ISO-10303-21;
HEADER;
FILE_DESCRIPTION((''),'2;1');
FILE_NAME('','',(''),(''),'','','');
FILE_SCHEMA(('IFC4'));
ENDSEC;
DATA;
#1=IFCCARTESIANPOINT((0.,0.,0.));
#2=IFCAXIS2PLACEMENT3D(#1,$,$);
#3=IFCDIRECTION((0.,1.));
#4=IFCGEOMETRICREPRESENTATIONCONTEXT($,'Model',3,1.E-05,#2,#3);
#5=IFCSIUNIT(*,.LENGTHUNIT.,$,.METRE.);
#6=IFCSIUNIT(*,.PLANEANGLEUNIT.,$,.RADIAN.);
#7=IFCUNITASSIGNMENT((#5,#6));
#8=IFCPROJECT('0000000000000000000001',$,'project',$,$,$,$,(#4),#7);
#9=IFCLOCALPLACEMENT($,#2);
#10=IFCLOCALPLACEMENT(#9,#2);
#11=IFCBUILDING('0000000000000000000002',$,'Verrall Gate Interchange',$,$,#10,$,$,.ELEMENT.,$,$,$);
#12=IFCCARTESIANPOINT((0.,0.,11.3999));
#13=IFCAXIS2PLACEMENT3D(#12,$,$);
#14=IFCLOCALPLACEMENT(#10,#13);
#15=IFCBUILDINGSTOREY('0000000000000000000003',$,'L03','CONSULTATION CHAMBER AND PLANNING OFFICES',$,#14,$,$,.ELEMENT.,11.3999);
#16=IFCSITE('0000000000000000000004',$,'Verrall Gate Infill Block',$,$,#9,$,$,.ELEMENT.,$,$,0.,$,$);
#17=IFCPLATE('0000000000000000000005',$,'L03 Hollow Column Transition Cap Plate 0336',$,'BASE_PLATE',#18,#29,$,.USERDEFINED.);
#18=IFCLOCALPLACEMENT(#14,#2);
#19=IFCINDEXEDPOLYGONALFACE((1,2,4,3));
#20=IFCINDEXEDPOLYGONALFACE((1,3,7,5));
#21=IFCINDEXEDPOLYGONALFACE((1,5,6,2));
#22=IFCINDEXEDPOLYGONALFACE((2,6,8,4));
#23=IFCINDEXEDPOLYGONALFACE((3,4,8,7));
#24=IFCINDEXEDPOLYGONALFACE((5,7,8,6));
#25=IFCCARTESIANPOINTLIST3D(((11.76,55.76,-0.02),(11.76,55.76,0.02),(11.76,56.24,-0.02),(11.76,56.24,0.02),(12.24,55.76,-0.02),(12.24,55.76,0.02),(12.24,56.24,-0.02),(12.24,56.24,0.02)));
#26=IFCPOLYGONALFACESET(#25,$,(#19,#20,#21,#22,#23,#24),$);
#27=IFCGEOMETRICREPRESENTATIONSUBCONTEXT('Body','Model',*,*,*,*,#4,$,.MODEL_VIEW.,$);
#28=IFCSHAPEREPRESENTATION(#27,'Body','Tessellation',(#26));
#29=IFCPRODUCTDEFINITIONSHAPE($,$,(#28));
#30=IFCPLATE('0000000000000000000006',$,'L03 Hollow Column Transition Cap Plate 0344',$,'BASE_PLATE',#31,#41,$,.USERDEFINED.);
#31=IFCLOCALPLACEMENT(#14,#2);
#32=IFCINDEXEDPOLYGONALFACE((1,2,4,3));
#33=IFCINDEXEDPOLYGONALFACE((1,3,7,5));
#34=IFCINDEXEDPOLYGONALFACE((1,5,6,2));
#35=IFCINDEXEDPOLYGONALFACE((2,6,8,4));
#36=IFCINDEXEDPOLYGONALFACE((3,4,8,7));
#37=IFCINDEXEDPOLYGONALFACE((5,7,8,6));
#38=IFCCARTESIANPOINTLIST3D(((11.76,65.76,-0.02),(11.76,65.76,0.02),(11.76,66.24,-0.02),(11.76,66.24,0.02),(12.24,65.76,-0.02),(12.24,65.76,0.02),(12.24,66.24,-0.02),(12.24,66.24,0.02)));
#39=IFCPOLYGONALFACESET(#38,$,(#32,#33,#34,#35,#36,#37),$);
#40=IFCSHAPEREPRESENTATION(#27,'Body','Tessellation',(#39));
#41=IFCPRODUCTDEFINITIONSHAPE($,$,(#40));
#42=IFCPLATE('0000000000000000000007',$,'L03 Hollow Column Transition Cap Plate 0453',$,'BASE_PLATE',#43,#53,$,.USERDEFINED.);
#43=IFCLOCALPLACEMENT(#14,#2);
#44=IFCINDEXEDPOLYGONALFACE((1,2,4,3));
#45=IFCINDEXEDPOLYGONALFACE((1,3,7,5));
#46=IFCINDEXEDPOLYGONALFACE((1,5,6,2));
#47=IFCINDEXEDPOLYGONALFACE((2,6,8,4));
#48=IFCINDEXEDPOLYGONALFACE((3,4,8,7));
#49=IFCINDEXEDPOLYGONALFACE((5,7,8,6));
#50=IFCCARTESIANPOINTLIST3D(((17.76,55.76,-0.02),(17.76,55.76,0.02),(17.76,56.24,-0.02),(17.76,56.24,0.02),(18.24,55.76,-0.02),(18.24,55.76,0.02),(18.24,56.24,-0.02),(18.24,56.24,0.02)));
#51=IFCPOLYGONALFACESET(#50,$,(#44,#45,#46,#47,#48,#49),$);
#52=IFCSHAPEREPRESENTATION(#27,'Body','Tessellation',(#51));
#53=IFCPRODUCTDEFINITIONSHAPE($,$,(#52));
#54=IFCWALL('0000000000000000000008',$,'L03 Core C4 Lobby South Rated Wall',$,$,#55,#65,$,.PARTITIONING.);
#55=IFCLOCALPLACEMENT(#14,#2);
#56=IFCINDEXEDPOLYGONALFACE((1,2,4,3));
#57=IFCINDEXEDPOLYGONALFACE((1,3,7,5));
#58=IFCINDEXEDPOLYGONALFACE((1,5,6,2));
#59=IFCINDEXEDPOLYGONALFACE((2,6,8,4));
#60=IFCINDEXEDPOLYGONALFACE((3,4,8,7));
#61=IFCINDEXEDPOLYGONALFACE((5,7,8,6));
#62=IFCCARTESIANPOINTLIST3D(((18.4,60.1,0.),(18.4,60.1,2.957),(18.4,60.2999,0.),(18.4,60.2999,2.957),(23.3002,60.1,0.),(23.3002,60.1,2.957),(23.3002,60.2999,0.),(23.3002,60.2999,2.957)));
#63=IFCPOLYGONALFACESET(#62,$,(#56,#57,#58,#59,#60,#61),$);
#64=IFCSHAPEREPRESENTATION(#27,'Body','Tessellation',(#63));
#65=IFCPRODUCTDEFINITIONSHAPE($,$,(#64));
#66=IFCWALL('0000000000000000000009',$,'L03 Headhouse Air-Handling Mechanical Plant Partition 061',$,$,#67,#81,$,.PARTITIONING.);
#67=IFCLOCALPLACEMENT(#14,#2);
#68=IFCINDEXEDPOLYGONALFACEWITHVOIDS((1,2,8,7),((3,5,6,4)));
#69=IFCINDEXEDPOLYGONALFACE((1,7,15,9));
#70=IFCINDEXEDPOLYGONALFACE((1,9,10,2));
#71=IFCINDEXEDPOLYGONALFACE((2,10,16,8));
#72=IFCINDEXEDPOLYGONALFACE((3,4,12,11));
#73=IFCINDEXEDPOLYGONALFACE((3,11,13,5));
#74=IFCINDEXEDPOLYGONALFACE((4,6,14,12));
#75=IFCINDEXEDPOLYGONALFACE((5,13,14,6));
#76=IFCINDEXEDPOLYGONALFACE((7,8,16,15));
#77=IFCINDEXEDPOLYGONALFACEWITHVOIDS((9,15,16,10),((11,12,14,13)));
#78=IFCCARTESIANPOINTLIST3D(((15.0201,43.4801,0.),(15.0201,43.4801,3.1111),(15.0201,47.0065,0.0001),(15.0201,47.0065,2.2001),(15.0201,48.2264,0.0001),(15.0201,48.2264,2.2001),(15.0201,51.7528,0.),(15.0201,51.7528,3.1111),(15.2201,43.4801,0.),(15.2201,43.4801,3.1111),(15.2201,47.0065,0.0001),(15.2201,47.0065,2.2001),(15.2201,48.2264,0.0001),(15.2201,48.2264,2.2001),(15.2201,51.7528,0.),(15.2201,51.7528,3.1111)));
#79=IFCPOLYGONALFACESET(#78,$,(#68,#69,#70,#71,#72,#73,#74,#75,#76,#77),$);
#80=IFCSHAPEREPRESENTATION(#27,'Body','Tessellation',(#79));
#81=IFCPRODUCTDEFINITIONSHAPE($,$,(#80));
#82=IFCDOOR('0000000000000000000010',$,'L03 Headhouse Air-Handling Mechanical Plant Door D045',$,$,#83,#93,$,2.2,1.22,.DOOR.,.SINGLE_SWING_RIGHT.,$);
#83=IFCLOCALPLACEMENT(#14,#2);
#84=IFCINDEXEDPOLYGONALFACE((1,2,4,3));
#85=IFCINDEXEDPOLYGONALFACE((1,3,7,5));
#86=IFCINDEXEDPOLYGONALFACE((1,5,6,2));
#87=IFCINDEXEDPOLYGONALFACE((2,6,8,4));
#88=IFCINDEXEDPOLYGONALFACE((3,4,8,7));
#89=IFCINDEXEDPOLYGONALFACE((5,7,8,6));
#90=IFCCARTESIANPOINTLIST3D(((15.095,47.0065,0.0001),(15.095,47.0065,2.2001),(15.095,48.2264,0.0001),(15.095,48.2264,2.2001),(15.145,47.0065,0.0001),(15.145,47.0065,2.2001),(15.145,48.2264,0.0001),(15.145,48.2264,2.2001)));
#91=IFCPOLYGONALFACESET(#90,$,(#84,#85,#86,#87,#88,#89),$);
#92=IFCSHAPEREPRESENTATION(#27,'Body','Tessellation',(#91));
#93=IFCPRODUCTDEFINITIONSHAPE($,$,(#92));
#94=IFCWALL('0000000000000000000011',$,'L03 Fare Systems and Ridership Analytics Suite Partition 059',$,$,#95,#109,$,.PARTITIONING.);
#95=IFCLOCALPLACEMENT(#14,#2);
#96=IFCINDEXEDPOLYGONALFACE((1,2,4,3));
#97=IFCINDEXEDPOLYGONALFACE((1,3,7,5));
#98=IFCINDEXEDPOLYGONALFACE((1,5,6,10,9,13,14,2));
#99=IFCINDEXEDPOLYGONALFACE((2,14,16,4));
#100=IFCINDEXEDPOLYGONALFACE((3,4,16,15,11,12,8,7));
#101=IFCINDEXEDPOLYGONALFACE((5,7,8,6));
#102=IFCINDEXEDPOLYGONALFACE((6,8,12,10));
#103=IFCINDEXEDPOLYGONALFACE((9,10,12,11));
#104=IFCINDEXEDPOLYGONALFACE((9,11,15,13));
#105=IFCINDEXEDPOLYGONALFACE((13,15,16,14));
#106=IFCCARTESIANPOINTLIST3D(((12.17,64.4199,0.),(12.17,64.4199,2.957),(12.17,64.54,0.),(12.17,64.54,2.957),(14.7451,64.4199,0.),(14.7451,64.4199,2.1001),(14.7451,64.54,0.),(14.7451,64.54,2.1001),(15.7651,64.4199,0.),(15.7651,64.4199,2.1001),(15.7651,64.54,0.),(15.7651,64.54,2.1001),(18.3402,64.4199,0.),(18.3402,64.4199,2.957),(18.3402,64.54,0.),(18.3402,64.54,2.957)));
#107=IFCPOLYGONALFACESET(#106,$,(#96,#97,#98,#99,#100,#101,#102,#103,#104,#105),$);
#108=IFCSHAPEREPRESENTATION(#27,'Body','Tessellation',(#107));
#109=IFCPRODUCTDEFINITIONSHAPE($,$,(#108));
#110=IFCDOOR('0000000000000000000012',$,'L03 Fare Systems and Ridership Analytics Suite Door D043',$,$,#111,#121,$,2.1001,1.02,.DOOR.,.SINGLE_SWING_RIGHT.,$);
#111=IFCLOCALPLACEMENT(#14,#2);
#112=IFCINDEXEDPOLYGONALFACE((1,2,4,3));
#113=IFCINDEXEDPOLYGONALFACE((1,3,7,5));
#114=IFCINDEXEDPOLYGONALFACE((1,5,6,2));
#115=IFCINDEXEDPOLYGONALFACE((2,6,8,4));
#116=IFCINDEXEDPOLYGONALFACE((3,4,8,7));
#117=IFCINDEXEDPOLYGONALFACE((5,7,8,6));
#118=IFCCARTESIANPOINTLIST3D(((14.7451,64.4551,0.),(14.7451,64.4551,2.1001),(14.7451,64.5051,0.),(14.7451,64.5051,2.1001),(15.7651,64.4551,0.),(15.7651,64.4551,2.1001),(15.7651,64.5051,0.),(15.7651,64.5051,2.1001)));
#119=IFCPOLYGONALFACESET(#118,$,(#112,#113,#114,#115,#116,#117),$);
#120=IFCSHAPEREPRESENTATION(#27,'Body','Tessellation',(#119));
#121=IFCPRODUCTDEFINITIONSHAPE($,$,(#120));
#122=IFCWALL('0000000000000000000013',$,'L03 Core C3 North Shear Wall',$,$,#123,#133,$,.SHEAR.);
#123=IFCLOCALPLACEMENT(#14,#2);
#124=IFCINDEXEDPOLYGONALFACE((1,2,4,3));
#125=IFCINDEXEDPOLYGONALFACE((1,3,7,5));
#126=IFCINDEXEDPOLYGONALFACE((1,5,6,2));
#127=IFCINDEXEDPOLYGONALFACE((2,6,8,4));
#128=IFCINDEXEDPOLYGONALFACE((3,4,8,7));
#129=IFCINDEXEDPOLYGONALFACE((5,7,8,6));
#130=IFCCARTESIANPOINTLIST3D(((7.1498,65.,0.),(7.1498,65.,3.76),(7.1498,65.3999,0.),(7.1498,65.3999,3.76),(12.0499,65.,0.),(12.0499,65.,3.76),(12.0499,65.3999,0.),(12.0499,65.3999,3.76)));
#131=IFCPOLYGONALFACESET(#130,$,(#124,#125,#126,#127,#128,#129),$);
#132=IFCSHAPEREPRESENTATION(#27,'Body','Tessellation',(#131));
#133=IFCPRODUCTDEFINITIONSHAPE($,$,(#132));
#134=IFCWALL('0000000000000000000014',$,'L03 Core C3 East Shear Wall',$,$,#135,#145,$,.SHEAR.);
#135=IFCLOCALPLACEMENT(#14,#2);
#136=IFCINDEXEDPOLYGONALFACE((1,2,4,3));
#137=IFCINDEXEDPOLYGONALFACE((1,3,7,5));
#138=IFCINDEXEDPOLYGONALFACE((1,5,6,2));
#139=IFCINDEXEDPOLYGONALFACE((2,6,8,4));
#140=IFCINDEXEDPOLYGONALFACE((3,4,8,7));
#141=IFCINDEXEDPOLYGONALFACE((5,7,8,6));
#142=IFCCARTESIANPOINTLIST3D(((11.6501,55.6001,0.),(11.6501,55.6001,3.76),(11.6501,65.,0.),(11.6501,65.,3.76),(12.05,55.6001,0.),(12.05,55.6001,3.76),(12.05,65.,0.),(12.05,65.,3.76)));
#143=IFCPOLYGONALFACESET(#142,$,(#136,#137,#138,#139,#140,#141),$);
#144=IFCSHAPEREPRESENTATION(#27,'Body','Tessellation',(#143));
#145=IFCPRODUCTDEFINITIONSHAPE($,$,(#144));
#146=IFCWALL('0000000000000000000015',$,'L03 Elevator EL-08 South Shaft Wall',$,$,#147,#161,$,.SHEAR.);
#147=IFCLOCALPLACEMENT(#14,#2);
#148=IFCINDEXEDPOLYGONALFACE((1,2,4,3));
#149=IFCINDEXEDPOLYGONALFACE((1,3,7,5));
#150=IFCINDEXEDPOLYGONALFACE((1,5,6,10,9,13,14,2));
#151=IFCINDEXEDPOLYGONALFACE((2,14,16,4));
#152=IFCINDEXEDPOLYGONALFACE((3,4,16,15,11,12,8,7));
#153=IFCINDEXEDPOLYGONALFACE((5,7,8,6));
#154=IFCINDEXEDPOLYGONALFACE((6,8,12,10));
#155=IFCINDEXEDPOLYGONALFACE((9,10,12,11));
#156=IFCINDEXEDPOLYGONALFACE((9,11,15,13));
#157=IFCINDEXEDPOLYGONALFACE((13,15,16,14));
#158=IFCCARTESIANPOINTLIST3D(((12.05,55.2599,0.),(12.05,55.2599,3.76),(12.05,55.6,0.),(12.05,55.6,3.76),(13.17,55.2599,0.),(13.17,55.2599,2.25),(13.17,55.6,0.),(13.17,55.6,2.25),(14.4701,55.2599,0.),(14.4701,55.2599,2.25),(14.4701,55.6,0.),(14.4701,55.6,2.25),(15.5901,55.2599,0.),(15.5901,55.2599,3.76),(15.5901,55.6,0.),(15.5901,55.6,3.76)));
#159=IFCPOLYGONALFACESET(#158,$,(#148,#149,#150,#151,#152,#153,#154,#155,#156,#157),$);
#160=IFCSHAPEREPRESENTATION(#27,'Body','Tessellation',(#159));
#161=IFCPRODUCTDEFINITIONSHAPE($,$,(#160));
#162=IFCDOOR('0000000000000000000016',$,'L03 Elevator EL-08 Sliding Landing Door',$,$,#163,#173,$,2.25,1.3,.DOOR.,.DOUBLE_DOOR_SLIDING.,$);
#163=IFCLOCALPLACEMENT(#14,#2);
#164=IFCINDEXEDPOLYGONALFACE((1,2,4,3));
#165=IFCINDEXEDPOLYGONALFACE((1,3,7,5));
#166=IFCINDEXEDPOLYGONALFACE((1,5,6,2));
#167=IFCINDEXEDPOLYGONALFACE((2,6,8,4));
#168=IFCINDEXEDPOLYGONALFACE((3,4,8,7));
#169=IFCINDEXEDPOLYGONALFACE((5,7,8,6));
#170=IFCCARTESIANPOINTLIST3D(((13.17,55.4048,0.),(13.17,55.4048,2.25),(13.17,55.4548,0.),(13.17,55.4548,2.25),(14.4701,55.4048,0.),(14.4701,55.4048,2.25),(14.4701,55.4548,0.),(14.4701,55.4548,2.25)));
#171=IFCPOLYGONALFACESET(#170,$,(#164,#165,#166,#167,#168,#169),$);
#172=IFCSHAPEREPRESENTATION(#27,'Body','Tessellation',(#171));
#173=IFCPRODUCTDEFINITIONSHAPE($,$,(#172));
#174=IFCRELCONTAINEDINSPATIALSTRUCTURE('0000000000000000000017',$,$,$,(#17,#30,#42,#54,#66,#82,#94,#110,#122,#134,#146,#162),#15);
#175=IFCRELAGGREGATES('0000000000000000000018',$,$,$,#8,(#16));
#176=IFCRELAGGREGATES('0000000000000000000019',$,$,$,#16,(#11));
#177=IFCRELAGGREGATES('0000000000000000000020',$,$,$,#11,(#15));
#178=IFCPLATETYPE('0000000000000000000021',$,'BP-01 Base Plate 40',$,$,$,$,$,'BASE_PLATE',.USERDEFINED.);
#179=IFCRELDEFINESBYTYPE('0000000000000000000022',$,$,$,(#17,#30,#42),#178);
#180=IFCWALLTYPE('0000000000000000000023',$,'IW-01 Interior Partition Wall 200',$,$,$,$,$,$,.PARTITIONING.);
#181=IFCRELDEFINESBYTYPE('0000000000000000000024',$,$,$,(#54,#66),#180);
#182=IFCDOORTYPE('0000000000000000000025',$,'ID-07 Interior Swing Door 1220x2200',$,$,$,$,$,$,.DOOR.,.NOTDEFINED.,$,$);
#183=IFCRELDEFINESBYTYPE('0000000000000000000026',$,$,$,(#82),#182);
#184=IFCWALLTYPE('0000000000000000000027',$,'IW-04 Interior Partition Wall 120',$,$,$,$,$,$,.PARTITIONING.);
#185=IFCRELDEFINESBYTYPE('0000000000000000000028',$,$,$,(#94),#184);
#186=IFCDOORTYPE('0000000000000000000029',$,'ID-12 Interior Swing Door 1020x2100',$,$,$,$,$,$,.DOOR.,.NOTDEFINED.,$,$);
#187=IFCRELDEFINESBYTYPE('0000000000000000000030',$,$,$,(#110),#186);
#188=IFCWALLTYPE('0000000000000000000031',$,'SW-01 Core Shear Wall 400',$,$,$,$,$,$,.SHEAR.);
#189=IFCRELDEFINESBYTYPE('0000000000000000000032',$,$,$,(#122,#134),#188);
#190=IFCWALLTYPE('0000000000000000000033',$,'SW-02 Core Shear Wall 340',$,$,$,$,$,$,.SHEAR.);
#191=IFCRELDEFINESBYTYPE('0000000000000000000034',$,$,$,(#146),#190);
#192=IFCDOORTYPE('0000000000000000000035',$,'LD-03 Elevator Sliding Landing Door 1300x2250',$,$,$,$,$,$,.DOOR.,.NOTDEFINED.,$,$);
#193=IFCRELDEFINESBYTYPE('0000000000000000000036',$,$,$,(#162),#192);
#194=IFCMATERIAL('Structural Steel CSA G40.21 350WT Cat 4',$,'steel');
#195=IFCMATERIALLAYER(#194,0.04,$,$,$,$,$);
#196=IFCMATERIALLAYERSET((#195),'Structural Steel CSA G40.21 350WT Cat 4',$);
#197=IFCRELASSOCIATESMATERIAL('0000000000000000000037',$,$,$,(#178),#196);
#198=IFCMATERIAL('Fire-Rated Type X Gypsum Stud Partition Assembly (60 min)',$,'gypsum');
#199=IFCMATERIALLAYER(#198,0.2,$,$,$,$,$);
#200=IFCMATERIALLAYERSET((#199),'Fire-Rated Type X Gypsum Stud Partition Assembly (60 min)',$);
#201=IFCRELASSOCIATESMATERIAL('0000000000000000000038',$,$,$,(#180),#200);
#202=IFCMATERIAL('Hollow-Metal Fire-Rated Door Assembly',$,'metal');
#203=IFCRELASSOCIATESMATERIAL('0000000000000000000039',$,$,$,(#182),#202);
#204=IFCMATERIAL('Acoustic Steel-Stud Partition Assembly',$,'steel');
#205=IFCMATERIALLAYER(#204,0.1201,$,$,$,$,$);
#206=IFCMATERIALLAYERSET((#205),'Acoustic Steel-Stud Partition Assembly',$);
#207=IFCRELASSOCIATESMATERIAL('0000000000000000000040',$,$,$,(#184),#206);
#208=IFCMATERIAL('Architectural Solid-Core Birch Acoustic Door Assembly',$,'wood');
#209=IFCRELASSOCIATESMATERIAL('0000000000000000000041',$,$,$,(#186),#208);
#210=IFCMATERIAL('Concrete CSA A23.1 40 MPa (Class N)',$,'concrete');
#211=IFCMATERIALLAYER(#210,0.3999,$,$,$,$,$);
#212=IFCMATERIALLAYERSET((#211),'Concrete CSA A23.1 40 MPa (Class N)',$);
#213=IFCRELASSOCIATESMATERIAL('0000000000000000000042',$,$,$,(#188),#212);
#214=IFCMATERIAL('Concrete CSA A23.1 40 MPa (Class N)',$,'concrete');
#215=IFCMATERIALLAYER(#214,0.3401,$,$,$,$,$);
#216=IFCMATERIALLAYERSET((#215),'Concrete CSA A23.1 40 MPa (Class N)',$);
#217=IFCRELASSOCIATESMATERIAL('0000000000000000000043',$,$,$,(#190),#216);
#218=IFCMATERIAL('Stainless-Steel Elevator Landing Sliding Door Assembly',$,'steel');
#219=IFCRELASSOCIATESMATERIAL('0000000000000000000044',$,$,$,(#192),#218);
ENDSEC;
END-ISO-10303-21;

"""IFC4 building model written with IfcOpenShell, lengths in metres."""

from ifc_helpers import new_model, si_unit, direction, frame, frame_2d, origin, origin_2d, place, context, subcontext, project, spatial, rectangle, extrude, material, layer, layer_set, type_object, element, fill, save


model = new_model("IFC4")

# Units and contexts
model_context = context("Model", 3, precision=1e-05, world=origin(), true_north=direction((0.0, 1.0)))
body_context = subcontext(model_context, "Body", "Model", "MODEL_VIEW")
ifc_project = project(units=[si_unit("LENGTHUNIT", "METRE"), si_unit("PLANEANGLEUNIT", "RADIAN")], contexts=[model_context])

# Site, building, storey
site_placement = place(None, origin())
site = spatial("IfcSite", under=ifc_project, at=site_placement, Name="Verrall Gate Infill Block", CompositionType="ELEMENT", RefElevation=0.0)
building_placement = place(site_placement, origin())
building = spatial("IfcBuilding", under=site, at=building_placement, Name="Verrall Gate Interchange", CompositionType="ELEMENT")
storey_placement = place(building_placement, frame((0.0, 0.0, 11.3999)))
storey = spatial("IfcBuildingStorey", under=building, at=storey_placement, Name="L03", Description="CONSULTATION CHAMBER AND PLANNING OFFICES", CompositionType="ELEMENT", Elevation=11.3999)

# Plates
ifc_material_1 = material(Name="Structural Steel CSA G40.21 350WT Cat 4", Category="steel")
ifc_layer_1 = layer(ifc_material_1, 0.04)
ifc_layer_set_1 = layer_set([ifc_layer_1], Name="Structural Steel CSA G40.21 350WT Cat 4")
plate_type = type_object("IfcPlateType", Name="BP-01 Base Plate 40", ElementType="BASE_PLATE", PredefinedType="USERDEFINED", material=ifc_layer_set_1)
for number, where, z_axis, x_axis, name in (
    (1, (12.0, 56.0, -0.02), (0.0, 0.0, 1.0), (1.0, 0.0, 0.0), "L03 Hollow Column Transition Cap Plate 0336"),
    (2, (12.0, 66.0, -0.02), (0.0, 0.0, 1.0), (1.0, 0.0, 0.0), "L03 Hollow Column Transition Cap Plate 0344"),
    (3, (18.0, 56.0, -0.02), (0.0, 0.0, 1.0), (1.0, 0.0, 0.0), "L03 Hollow Column Transition Cap Plate 0453"),
):
    element("IfcPlate", number, at=place(storey_placement, frame(where, z_axis=z_axis, x_axis=x_axis)), inside=storey, type_object=plate_type, Name=name, ObjectType="BASE_PLATE", PredefinedType="USERDEFINED", context=body_context, shape_type="SweptSolid", body=[
        extrude(rectangle(XDim=0.48, YDim=0.48, at=origin_2d()), origin(), (0.0, 0.0, 1.0), 0.04),
    ])

# Shared definitions
ifc_material_2 = material(Name="Fire-Rated Type X Gypsum Stud Partition Assembly (60 min)", Category="gypsum")
ifc_layer_2 = layer(ifc_material_2, 0.2)
ifc_layer_set_2 = layer_set([ifc_layer_2], Name="Fire-Rated Type X Gypsum Stud Partition Assembly (60 min)")
wall_type_1 = type_object("IfcWallType", Name="IW-01 Interior Partition Wall 200", PredefinedType="PARTITIONING", material=ifc_layer_set_2)

# Wall
wall_1_placement = place(storey_placement, frame((18.3999, 60.2, 0.0), z_axis=(0.0, 0.0, 1.0), x_axis=(1.0, 0.0, 0.0)))
element("IfcWall", 4, at=wall_1_placement, inside=storey, type_object=wall_type_1, Name="L03 Core C4 Lobby South Rated Wall", PredefinedType="PARTITIONING", context=body_context, shape_type="SweptSolid", body=[
    extrude(rectangle(XDim=4.9001, YDim=0.2, at=frame_2d((2.4502, 0.0))), origin(), (0.0, 0.0, 1.0), 2.957),
])

# Walls, openings, doors
wall_2_placement = place(storey_placement, frame((15.1201, 51.7527, 0.0), z_axis=(0.0, 0.0, 1.0), x_axis=(0.0, -1.0, 0.0)))
wall_2 = element("IfcWall", 5, at=wall_2_placement, inside=storey, type_object=wall_type_1, Name="L03 Headhouse Air-Handling Mechanical Plant Partition 061", PredefinedType="PARTITIONING", context=body_context, shape_type="SweptSolid", body=[
    extrude(rectangle(XDim=8.2727, YDim=0.2, at=frame_2d((4.1362, 0.0))), origin(), (0.0, 0.0, 1.0), 3.1111),
])
opening_1_placement = place(wall_2_placement, frame((3.5264, 0.0, 0.0)))
opening_1 = element("IfcOpeningElement", 6, at=opening_1_placement, cuts=wall_2, PredefinedType="OPENING", context=body_context, shape_type="SweptSolid", body=[
    extrude(rectangle(XDim=1.22, YDim=2.2, at=frame_2d((0.6099, 1.1001))), frame((0.0, 0.1147, 0.0), z_axis=(0.0, -1.0, 0.0), x_axis=(1.0, 0.0, 0.0)), (0.0, 0.0, 1.0), 0.2297),
])
ifc_material_3 = material(Name="Hollow-Metal Fire-Rated Door Assembly", Category="metal")
door_type_1 = type_object("IfcDoorType", Name="ID-07 Interior Swing Door 1220x2200", OperationType="NOTDEFINED", PredefinedType="DOOR", material=ifc_material_3)
door_1_placement = place(opening_1_placement, origin())
door_1 = element("IfcDoor", 7, at=door_1_placement, inside=storey, type_object=door_type_1, Name="L03 Headhouse Air-Handling Mechanical Plant Door D045", OperationType="SINGLE_SWING_RIGHT", OverallHeight=2.2, OverallWidth=1.22, PredefinedType="DOOR", context=body_context, shape_type="SweptSolid", body=[
    extrude(rectangle(XDim=1.22, YDim=2.2, at=frame_2d((0.6099, 1.1001))), frame((0.0, 0.0249, 0.0), z_axis=(0.0, -1.0, 0.0), x_axis=(1.0, 0.0, 0.0)), (0.0, 0.0, 1.0), 0.05),
])
fill(opening_1, door_1)
ifc_material_4 = material(Name="Acoustic Steel-Stud Partition Assembly", Category="steel")
ifc_layer_3 = layer(ifc_material_4, 0.1201)
ifc_layer_set_3 = layer_set([ifc_layer_3], Name="Acoustic Steel-Stud Partition Assembly")
wall_type_2 = type_object("IfcWallType", Name="IW-04 Interior Partition Wall 120", PredefinedType="PARTITIONING", material=ifc_layer_set_3)
wall_3_placement = place(storey_placement, frame((18.3401, 64.48, 0.0), z_axis=(0.0, 0.0, 1.0), x_axis=(-1.0, 0.0, 0.0)))
wall_3 = element("IfcWall", 8, at=wall_3_placement, inside=storey, type_object=wall_type_2, Name="L03 Fare Systems and Ridership Analytics Suite Partition 059", PredefinedType="PARTITIONING", context=body_context, shape_type="SweptSolid", body=[
    extrude(rectangle(XDim=6.1702, YDim=0.1201, at=frame_2d((3.085, 0.0))), origin(), (0.0, 0.0, 1.0), 2.957),
])
opening_2_placement = place(wall_3_placement, frame((2.575, 0.0, 0.0)))
opening_2 = element("IfcOpeningElement", 9, at=opening_2_placement, cuts=wall_3, PredefinedType="OPENING", context=body_context, shape_type="SweptSolid", body=[
    extrude(rectangle(XDim=1.02, YDim=2.1001, at=frame_2d((0.51, 1.05))), frame((0.0, 0.075, 0.0), z_axis=(0.0, -1.0, 0.0), x_axis=(1.0, 0.0, 0.0)), (0.0, 0.0, 1.0), 0.1499),
])
ifc_material_5 = material(Name="Architectural Solid-Core Birch Acoustic Door Assembly", Category="wood")
door_type_2 = type_object("IfcDoorType", Name="ID-12 Interior Swing Door 1020x2100", OperationType="NOTDEFINED", PredefinedType="DOOR", material=ifc_material_5)
door_2_placement = place(opening_2_placement, origin())
door_2 = element("IfcDoor", 10, at=door_2_placement, inside=storey, type_object=door_type_2, Name="L03 Fare Systems and Ridership Analytics Suite Door D043", OperationType="SINGLE_SWING_RIGHT", OverallHeight=2.1001, OverallWidth=1.02, PredefinedType="DOOR", context=body_context, shape_type="SweptSolid", body=[
    extrude(rectangle(XDim=1.02, YDim=2.1001, at=frame_2d((0.51, 1.05))), frame((0.0, 0.0249, 0.0), z_axis=(0.0, -1.0, 0.0), x_axis=(1.0, 0.0, 0.0)), (0.0, 0.0, 1.0), 0.05),
])
fill(opening_2, door_2)

# Walls
ifc_material_6 = material(Name="Concrete CSA A23.1 40 MPa (Class N)", Category="concrete")
ifc_layer_4 = layer(ifc_material_6, 0.3999)
ifc_layer_set_4 = layer_set([ifc_layer_4], Name="Concrete CSA A23.1 40 MPa (Class N)")
wall_type_3 = type_object("IfcWallType", Name="SW-01 Core Shear Wall 400", PredefinedType="SHEAR", material=ifc_layer_set_4)
wall_4_placement = place(storey_placement, frame((12.05, 65.2, 0.0), z_axis=(0.0, 0.0, 1.0), x_axis=(-1.0, 0.0, 0.0)))
element("IfcWall", 11, at=wall_4_placement, inside=storey, type_object=wall_type_3, Name="L03 Core C3 North Shear Wall", PredefinedType="SHEAR", context=body_context, shape_type="SweptSolid", body=[
    extrude(rectangle(XDim=4.9001, YDim=0.3999, at=frame_2d((2.4502, 0.0))), origin(), (0.0, 0.0, 1.0), 3.76),
])
wall_5_placement = place(storey_placement, frame((11.8501, 55.6001, 0.0), z_axis=(0.0, 0.0, 1.0), x_axis=(0.0, 1.0, 0.0)))
element("IfcWall", 12, at=wall_5_placement, inside=storey, type_object=wall_type_3, Name="L03 Core C3 East Shear Wall", PredefinedType="SHEAR", context=body_context, shape_type="SweptSolid", body=[
    extrude(rectangle(XDim=9.3999, YDim=0.3999, at=frame_2d((4.7, 0.0))), origin(), (0.0, 0.0, 1.0), 3.76),
])

# Wall, opening, door
ifc_material_7 = material(Name="Concrete CSA A23.1 40 MPa (Class N)", Category="concrete")
ifc_layer_5 = layer(ifc_material_7, 0.3401)
ifc_layer_set_5 = layer_set([ifc_layer_5], Name="Concrete CSA A23.1 40 MPa (Class N)")
wall_type_4 = type_object("IfcWallType", Name="SW-02 Core Shear Wall 340", PredefinedType="SHEAR", material=ifc_layer_set_5)
wall_6_placement = place(storey_placement, frame((12.05, 55.4299, 0.0), z_axis=(0.0, 0.0, 1.0), x_axis=(1.0, 0.0, 0.0)))
wall_6 = element("IfcWall", 13, at=wall_6_placement, inside=storey, type_object=wall_type_4, Name="L03 Elevator EL-08 South Shaft Wall", PredefinedType="SHEAR", context=body_context, shape_type="SweptSolid", body=[
    extrude(rectangle(XDim=3.54, YDim=0.3401, at=frame_2d((1.77, 0.0))), origin(), (0.0, 0.0, 1.0), 3.76),
])
opening_3_placement = place(wall_6_placement, frame((1.1201, 0.0, 0.0)))
opening_3 = element("IfcOpeningElement", 14, at=opening_3_placement, cuts=wall_6, PredefinedType="OPENING", context=body_context, shape_type="SweptSolid", body=[
    extrude(rectangle(XDim=1.3, YDim=2.25, at=frame_2d((0.6499, 1.125))), frame((0.0, 0.1851, 0.0), z_axis=(0.0, -1.0, 0.0), x_axis=(1.0, 0.0, 0.0)), (0.0, 0.0, 1.0), 0.3699),
])
ifc_material_8 = material(Name="Stainless-Steel Elevator Landing Sliding Door Assembly", Category="steel")
door_type_3 = type_object("IfcDoorType", Name="LD-03 Elevator Sliding Landing Door 1300x2250", OperationType="NOTDEFINED", PredefinedType="DOOR", material=ifc_material_8)
door_3_placement = place(opening_3_placement, origin())
door_3 = element("IfcDoor", 15, at=door_3_placement, inside=storey, type_object=door_type_3, Name="L03 Elevator EL-08 Sliding Landing Door", OperationType="DOUBLE_DOOR_SLIDING", OverallHeight=2.25, OverallWidth=1.3, PredefinedType="DOOR", context=body_context, shape_type="SweptSolid", body=[
    extrude(rectangle(XDim=1.3, YDim=2.25, at=frame_2d((0.6499, 1.125))), frame((0.0, 0.0249, 0.0), z_axis=(0.0, -1.0, 0.0), x_axis=(1.0, 0.0, 0.0)), (0.0, 0.0, 1.0), 0.05),
])
fill(opening_3, door_3)

save(model, "model.ifc")
